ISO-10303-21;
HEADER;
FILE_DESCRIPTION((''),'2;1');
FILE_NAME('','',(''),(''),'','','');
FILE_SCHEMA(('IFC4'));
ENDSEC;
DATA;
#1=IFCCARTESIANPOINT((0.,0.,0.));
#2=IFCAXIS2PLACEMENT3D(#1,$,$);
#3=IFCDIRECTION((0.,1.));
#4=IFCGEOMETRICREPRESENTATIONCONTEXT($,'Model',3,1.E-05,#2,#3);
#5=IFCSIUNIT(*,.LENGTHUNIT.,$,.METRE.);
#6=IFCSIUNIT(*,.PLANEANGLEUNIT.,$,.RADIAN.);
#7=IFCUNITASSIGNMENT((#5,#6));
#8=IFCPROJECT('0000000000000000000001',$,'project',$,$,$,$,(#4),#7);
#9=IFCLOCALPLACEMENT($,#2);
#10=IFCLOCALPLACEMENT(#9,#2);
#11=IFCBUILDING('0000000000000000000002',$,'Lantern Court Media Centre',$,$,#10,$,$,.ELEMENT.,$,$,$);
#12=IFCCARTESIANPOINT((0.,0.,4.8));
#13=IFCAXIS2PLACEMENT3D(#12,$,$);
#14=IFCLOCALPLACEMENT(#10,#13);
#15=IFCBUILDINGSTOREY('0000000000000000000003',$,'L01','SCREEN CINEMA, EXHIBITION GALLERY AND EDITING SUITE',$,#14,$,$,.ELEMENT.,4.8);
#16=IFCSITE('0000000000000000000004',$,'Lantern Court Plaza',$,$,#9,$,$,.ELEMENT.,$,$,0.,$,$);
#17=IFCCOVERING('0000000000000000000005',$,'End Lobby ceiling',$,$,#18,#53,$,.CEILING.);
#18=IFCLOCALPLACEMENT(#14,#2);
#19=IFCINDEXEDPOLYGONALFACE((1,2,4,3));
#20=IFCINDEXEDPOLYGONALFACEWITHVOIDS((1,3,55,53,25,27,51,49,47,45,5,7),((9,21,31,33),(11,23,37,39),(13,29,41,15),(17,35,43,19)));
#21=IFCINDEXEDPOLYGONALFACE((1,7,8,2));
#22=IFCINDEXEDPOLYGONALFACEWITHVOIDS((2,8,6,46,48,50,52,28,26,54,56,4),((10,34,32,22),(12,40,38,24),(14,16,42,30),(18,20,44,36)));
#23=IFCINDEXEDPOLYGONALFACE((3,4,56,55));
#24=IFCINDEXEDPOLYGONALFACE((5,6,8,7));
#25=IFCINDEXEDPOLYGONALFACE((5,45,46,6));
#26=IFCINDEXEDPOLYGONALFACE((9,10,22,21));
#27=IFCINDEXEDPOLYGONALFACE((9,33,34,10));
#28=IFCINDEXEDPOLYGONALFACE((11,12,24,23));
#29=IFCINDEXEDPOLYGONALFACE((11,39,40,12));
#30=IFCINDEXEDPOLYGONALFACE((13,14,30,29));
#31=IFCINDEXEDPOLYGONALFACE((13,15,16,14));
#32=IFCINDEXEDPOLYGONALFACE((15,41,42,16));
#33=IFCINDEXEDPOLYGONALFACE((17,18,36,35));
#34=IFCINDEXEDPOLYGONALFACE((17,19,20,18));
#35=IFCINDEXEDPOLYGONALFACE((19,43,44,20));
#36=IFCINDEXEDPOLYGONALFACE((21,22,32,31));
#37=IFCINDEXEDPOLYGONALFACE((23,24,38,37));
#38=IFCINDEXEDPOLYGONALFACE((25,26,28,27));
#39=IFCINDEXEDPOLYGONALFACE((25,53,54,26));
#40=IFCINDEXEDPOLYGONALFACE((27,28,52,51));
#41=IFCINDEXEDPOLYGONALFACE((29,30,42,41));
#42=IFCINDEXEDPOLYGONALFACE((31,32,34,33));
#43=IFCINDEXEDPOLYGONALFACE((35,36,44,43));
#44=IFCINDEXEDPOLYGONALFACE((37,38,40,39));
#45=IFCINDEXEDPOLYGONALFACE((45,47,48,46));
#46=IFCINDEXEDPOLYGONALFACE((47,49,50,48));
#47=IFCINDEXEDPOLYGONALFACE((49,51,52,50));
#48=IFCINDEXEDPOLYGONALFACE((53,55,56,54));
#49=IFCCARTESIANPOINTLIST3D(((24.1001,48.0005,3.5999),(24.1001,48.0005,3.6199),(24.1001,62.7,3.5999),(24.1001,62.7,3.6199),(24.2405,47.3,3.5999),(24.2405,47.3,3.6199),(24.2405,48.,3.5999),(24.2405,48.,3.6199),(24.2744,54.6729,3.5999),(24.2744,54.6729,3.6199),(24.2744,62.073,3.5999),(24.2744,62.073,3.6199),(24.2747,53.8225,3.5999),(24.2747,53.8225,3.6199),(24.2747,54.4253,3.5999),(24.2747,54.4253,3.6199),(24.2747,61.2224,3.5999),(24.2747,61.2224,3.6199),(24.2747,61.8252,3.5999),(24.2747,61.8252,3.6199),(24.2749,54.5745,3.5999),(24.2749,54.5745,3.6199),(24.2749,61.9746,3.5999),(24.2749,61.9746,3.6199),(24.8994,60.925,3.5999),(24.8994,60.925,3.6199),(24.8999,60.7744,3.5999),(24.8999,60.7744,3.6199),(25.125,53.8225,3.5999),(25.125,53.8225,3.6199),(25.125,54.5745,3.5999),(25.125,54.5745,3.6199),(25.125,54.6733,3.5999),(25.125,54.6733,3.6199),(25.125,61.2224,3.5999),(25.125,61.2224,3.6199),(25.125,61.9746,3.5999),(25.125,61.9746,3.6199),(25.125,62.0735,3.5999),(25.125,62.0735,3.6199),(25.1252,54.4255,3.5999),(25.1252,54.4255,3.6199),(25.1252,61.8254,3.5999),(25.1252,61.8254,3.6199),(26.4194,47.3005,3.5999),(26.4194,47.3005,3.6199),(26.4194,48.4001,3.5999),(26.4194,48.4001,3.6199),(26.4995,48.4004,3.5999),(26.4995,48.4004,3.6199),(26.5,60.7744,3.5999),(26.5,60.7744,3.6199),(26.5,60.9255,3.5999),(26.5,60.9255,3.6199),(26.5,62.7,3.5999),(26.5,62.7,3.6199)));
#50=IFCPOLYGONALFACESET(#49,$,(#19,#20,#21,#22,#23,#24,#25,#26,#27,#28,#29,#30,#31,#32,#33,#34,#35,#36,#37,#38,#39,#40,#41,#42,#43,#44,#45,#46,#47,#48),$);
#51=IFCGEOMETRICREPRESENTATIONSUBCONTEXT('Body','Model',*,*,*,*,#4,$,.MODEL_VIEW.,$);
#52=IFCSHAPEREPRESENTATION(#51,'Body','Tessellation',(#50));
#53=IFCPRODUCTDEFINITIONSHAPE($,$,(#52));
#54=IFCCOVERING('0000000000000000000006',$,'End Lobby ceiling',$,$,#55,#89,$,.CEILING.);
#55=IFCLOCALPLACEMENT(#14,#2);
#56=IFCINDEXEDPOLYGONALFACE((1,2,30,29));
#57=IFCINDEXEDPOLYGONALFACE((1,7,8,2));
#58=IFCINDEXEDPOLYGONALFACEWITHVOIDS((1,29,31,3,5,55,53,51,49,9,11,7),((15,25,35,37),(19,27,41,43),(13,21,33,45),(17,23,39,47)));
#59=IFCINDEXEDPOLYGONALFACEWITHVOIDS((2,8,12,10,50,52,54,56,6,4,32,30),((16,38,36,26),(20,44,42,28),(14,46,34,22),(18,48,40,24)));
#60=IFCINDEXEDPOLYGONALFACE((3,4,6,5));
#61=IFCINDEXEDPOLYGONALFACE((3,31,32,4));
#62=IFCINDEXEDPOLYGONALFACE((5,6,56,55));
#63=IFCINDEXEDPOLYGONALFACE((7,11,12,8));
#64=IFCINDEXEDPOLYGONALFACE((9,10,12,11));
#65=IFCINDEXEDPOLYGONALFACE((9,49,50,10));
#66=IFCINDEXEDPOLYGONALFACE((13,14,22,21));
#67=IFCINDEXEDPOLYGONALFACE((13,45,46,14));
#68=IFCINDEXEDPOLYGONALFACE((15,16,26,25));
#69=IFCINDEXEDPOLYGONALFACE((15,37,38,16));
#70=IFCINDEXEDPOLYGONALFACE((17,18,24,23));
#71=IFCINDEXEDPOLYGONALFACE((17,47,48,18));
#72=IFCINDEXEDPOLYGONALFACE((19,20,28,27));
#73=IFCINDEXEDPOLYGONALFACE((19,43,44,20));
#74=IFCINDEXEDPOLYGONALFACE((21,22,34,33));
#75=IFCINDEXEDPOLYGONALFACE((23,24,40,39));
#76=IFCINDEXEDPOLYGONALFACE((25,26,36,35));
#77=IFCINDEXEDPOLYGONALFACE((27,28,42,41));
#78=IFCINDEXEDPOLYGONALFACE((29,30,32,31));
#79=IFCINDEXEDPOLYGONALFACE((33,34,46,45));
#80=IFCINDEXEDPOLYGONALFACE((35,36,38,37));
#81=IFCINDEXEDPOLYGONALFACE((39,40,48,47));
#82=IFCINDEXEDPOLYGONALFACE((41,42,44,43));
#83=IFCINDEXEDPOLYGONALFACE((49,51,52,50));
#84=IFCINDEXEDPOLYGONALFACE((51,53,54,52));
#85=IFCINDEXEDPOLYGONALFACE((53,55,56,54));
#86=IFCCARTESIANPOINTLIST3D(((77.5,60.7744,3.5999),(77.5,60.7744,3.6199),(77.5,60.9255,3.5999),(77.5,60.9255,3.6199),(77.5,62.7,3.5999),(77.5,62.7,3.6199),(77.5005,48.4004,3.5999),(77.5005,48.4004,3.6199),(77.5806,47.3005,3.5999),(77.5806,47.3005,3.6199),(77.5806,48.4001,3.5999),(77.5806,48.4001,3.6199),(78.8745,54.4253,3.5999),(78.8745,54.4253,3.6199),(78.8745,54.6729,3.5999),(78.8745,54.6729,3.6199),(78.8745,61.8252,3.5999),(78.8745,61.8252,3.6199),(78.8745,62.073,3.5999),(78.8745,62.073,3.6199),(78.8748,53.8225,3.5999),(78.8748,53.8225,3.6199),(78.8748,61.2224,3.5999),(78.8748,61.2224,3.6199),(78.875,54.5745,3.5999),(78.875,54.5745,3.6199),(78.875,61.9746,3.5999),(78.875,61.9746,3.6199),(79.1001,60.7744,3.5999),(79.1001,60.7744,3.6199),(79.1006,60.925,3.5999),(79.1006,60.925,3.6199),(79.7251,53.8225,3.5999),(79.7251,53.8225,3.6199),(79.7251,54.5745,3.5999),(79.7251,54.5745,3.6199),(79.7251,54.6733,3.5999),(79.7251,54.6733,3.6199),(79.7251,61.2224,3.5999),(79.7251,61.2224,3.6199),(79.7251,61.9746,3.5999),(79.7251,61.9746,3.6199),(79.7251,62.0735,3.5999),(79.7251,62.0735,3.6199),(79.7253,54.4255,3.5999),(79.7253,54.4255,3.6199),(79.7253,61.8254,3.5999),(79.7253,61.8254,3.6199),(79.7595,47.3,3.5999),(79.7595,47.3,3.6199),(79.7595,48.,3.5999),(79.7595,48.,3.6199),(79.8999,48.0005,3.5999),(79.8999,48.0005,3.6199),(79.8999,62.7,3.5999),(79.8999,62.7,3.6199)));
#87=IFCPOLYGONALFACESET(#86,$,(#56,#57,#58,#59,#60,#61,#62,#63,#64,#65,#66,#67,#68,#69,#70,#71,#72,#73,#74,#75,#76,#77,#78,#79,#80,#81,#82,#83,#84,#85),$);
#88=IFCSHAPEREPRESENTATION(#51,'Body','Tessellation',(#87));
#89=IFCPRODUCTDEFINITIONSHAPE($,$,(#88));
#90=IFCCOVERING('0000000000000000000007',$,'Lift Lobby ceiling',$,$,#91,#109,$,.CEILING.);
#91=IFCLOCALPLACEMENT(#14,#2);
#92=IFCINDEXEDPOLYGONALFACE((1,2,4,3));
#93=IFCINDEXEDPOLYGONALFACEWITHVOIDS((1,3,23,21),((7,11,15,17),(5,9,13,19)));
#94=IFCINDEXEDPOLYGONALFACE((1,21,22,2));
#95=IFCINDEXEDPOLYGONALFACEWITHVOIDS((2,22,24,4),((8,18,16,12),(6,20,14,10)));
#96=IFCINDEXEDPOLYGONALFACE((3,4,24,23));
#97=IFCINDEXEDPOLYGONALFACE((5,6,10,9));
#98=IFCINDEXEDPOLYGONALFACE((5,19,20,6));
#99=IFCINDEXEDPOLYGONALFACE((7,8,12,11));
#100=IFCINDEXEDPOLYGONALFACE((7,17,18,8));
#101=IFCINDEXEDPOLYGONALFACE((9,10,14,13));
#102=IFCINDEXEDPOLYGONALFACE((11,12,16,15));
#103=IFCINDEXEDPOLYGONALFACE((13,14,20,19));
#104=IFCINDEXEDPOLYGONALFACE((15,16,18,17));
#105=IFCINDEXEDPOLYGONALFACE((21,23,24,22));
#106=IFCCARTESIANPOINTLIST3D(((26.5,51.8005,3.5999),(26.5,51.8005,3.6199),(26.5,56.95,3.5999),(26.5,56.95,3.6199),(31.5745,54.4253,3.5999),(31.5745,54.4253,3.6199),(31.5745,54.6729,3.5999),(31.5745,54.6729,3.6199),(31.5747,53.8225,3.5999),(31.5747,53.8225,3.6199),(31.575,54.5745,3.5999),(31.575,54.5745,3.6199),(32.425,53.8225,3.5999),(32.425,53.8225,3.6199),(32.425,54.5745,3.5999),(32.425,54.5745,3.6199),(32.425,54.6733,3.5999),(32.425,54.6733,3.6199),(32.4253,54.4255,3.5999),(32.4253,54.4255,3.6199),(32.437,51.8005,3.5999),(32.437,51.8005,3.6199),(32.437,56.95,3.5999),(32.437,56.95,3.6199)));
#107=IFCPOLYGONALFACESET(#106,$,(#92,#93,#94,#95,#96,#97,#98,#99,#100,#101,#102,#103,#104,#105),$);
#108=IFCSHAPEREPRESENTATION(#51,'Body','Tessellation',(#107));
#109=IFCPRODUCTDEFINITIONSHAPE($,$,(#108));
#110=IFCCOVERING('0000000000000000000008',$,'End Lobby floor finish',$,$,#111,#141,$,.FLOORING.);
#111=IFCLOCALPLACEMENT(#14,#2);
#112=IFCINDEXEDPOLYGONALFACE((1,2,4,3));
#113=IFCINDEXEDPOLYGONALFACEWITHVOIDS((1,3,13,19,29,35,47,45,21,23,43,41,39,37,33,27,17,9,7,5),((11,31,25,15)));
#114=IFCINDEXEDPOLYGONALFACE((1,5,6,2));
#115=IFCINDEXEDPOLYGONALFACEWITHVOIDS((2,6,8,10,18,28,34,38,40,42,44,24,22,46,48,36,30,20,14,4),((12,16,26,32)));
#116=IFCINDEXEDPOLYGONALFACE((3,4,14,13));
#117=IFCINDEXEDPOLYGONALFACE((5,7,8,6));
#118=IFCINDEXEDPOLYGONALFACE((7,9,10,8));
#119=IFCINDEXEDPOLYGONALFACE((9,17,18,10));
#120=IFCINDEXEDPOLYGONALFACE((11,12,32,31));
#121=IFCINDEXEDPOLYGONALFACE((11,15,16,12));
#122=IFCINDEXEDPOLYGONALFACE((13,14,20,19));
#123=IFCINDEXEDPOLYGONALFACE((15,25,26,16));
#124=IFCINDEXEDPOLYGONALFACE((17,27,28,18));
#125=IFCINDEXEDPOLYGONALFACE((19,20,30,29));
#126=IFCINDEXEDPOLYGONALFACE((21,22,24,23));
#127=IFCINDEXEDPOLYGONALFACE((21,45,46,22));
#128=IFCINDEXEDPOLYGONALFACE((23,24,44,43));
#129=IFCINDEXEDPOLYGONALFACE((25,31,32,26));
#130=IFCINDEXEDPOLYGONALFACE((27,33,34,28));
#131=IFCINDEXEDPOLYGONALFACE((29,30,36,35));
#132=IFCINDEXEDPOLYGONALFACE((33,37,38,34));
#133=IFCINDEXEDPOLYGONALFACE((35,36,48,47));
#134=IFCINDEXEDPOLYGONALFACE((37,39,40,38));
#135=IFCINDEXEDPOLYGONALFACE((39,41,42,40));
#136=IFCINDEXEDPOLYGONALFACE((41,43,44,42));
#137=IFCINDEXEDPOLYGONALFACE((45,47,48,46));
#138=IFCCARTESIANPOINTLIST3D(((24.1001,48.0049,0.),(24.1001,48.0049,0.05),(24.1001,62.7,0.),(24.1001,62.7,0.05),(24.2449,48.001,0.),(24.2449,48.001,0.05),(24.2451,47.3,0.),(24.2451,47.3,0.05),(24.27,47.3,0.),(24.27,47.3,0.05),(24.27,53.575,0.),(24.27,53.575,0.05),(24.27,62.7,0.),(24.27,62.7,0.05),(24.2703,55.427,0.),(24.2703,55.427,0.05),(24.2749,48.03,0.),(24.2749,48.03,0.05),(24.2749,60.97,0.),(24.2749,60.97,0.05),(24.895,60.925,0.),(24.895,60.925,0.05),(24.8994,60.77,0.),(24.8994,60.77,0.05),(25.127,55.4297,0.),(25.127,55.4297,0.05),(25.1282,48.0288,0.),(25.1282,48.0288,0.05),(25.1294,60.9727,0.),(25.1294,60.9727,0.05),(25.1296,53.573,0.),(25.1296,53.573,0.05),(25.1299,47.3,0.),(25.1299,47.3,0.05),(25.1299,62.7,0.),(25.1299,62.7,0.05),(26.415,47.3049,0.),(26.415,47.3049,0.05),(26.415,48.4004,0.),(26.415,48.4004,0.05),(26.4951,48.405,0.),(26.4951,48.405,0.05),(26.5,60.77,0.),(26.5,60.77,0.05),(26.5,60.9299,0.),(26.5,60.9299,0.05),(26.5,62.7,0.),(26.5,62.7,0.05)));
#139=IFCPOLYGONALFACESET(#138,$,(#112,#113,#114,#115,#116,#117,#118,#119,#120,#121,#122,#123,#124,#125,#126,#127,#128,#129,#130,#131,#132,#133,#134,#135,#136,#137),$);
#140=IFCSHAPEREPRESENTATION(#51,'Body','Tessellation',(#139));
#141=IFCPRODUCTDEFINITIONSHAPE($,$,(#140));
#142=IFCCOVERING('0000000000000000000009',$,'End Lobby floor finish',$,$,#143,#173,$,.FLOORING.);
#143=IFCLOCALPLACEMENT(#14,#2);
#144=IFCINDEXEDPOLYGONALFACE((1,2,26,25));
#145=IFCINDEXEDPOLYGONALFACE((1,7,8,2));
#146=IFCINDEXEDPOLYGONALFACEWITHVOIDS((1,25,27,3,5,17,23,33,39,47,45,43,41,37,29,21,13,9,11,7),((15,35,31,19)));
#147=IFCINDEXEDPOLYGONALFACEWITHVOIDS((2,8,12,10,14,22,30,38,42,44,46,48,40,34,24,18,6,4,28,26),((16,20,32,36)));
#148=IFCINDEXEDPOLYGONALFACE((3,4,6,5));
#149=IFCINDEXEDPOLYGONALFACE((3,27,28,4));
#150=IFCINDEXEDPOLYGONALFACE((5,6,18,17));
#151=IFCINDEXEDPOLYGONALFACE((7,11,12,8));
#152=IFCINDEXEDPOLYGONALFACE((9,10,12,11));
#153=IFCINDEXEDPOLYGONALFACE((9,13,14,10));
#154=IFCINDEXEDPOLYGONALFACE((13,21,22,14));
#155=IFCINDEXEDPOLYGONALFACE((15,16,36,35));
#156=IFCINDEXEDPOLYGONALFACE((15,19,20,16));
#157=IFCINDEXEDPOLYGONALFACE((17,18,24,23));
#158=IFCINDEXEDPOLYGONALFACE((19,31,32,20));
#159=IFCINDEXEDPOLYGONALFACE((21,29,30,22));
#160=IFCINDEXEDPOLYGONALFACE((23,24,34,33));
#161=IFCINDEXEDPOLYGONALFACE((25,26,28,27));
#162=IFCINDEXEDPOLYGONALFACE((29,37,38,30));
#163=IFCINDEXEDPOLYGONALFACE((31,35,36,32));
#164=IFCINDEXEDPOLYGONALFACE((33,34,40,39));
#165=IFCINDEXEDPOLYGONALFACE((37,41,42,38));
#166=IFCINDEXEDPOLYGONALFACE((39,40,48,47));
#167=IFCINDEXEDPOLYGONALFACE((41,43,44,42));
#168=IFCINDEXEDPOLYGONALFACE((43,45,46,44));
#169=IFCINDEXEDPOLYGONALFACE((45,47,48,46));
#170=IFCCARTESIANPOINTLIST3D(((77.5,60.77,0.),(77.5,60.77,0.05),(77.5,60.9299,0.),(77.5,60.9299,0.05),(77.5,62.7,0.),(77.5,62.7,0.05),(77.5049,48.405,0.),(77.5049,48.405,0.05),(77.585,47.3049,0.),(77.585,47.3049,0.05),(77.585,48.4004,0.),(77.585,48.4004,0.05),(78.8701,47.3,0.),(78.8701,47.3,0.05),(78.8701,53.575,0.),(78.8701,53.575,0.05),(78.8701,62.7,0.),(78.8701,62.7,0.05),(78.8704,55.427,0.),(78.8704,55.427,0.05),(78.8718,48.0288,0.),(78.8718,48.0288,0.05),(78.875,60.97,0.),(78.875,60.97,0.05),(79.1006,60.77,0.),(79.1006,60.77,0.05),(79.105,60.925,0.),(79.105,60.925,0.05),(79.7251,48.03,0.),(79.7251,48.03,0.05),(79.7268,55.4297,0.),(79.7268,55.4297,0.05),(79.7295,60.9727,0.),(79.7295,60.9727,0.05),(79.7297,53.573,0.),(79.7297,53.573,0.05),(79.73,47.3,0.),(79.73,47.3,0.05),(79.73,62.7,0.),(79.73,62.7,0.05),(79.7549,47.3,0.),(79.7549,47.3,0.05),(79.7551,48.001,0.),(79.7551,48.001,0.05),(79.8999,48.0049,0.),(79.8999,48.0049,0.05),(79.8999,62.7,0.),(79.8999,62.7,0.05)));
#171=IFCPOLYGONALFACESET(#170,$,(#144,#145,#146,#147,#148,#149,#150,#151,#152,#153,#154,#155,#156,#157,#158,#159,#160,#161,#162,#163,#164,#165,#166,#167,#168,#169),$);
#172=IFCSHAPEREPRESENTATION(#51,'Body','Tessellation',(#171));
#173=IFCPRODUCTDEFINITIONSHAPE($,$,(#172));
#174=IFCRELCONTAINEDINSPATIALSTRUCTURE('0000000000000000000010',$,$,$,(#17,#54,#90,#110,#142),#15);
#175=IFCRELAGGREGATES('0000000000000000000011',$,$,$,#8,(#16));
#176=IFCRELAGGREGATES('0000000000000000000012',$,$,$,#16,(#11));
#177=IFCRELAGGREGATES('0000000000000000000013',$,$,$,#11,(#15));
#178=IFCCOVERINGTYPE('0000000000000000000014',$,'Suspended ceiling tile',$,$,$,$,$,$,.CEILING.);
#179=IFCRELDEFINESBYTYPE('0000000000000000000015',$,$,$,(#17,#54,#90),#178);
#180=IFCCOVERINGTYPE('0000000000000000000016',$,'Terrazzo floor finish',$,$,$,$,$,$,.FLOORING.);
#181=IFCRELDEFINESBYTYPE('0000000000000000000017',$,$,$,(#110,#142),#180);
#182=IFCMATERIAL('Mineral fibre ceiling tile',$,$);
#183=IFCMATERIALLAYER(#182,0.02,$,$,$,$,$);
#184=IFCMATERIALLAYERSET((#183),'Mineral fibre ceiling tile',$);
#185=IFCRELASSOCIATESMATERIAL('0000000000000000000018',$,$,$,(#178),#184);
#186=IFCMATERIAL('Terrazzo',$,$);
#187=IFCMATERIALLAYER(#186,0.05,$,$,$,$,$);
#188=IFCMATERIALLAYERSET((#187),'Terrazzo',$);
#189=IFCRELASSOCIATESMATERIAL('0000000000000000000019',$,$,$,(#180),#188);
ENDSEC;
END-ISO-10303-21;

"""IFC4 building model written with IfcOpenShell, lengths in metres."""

from ifc_helpers import new_model, si_unit, direction, frame, origin, place, context, subcontext, project, spatial, polyline, outline, extrude, material, layer, layer_set, type_object, element, save


model = new_model("IFC4")

# Units and contexts
model_context = context("Model", 3, precision=1e-05, world=origin(), true_north=direction((0.0, 1.0)))
body_context = subcontext(model_context, "Body", "Model", "MODEL_VIEW")
ifc_project = project(units=[si_unit("LENGTHUNIT", "METRE"), si_unit("PLANEANGLEUNIT", "RADIAN")], contexts=[model_context])

# Site, building, storey
site_placement = place(None, origin())
site = spatial("IfcSite", under=ifc_project, at=site_placement, Name="Lantern Court Plaza", CompositionType="ELEMENT", RefElevation=0.0)
building_placement = place(site_placement, origin())
building = spatial("IfcBuilding", under=site, at=building_placement, Name="Lantern Court Media Centre", CompositionType="ELEMENT")
storey_placement = place(building_placement, frame((0.0, 0.0, 4.8)))
storey = spatial("IfcBuildingStorey", under=building, at=storey_placement, Name="L01", Description="SCREEN CINEMA, EXHIBITION GALLERY AND EDITING SUITE", CompositionType="ELEMENT", Elevation=4.8)

# Coverings
ifc_material_1 = material(Name="Mineral fibre ceiling tile")
ifc_layer_1 = layer(ifc_material_1, 0.02)
ifc_layer_set_1 = layer_set([ifc_layer_1], Name="Mineral fibre ceiling tile")
covering_type_1 = type_object("IfcCoveringType", Name="Suspended ceiling tile", PredefinedType="CEILING", material=ifc_layer_set_1)
covering_1_placement = place(storey_placement, frame((0.0, 0.0, 3.5999)))
element("IfcCovering", 1, at=covering_1_placement, inside=storey, type_object=covering_type_1, Name="End Lobby ceiling", PredefinedType="CEILING", context=body_context, shape_type="SweptSolid", body=[
    extrude(outline(polyline([(26.5, 60.7744), (26.4995, 48.4004), (26.4194, 48.4001), (26.4194, 47.3005), (24.2405, 47.3), (24.2405, 48.0), (24.1001, 48.0005), (24.1001, 62.7), (26.5, 62.7), (26.5, 60.9255), (24.8994, 60.925), (24.8999, 60.7744), (26.5, 60.7744)]), holes=[polyline([(25.125, 53.8225), (25.1252, 54.4255), (24.2747, 54.4253), (24.2747, 53.8225), (25.125, 53.8225)]), polyline([(25.125, 54.5745), (25.125, 54.6733), (24.2744, 54.6729), (24.2749, 54.5745), (25.125, 54.5745)]), polyline([(25.125, 61.2224), (25.1252, 61.8254), (24.2747, 61.8252), (24.2747, 61.2224), (25.125, 61.2224)]), polyline([(25.125, 61.9746), (25.125, 62.0735), (24.2744, 62.073), (24.2749, 61.9746), (25.125, 61.9746)])]), origin(), (0.0, 0.0, 1.0), 0.02),
])
covering_2_placement = place(storey_placement, frame((0.0, 0.0, 3.5999)))
element("IfcCovering", 2, at=covering_2_placement, inside=storey, type_object=covering_type_1, Name="End Lobby ceiling", PredefinedType="CEILING", context=body_context, shape_type="SweptSolid", body=[
    extrude(outline(polyline([(77.5, 62.7), (79.8999, 62.7), (79.8999, 48.0005), (79.7595, 48.0), (79.7595, 47.3), (77.5806, 47.3005), (77.5806, 48.4001), (77.5005, 48.4004), (77.5, 60.7744), (79.1001, 60.7744), (79.1006, 60.925), (77.5, 60.9255), (77.5, 62.7)]), holes=[polyline([(79.7251, 53.8225), (79.7253, 54.4255), (78.8745, 54.4253), (78.8748, 53.8225), (79.7251, 53.8225)]), polyline([(79.7251, 54.5745), (79.7251, 54.6733), (78.8745, 54.6729), (78.875, 54.5745), (79.7251, 54.5745)]), polyline([(79.7251, 61.2224), (79.7253, 61.8254), (78.8745, 61.8252), (78.8748, 61.2224), (79.7251, 61.2224)]), polyline([(79.7251, 61.9746), (79.7251, 62.0735), (78.8745, 62.073), (78.875, 61.9746), (79.7251, 61.9746)])]), origin(), (0.0, 0.0, 1.0), 0.02),
])
covering_3_placement = place(storey_placement, frame((0.0, 0.0, 3.5999)))
element("IfcCovering", 3, at=covering_3_placement, inside=storey, type_object=covering_type_1, Name="Lift Lobby ceiling", PredefinedType="CEILING", context=body_context, shape_type="SweptSolid", body=[
    extrude(outline(polyline([(26.5, 56.95), (32.437, 56.95), (32.437, 51.8005), (26.5, 51.8005), (26.5, 56.95)]), holes=[polyline([(32.425, 53.8225), (32.4253, 54.4255), (31.5745, 54.4253), (31.5747, 53.8225), (32.425, 53.8225)]), polyline([(32.425, 54.5745), (32.425, 54.6733), (31.5745, 54.6729), (31.575, 54.5745), (32.425, 54.5745)])]), origin(), (0.0, 0.0, 1.0), 0.02),
])
ifc_material_2 = material(Name="Terrazzo")
ifc_layer_2 = layer(ifc_material_2, 0.05)
ifc_layer_set_2 = layer_set([ifc_layer_2], Name="Terrazzo")
covering_type_2 = type_object("IfcCoveringType", Name="Terrazzo floor finish", PredefinedType="FLOORING", material=ifc_layer_set_2)
covering_4_placement = place(storey_placement, origin())
element("IfcCovering", 4, at=covering_4_placement, inside=storey, type_object=covering_type_2, Name="End Lobby floor finish", PredefinedType="FLOORING", context=body_context, shape_type="SweptSolid", body=[
    extrude(outline(polyline([(26.5, 60.77), (26.4951, 48.405), (26.415, 48.4004), (26.415, 47.3049), (25.1299, 47.3), (25.1282, 48.0288), (24.2749, 48.03), (24.27, 47.3), (24.2451, 47.3), (24.2449, 48.001), (24.1001, 48.0049), (24.1001, 62.7), (24.27, 62.7), (24.2749, 60.97), (25.1294, 60.9727), (25.1299, 62.7), (26.5, 62.7), (26.5, 60.9299), (24.895, 60.925), (24.8994, 60.77), (26.5, 60.77)]), holes=[polyline([(24.27, 53.575), (25.1296, 53.573), (25.127, 55.4297), (24.2703, 55.427), (24.27, 53.575)])]), origin(), (0.0, 0.0, 1.0), 0.05),
])
covering_5_placement = place(storey_placement, origin())
element("IfcCovering", 5, at=covering_5_placement, inside=storey, type_object=covering_type_2, Name="End Lobby floor finish", PredefinedType="FLOORING", context=body_context, shape_type="SweptSolid", body=[
    extrude(outline(polyline([(79.8999, 62.7), (79.8999, 48.0049), (79.7551, 48.001), (79.7549, 47.3), (79.73, 47.3), (79.7251, 48.03), (78.8718, 48.0288), (78.8701, 47.3), (77.585, 47.3049), (77.585, 48.4004), (77.5049, 48.405), (77.5, 60.77), (79.1006, 60.77), (79.105, 60.925), (77.5, 60.9299), (77.5, 62.7), (78.8701, 62.7), (78.875, 60.97), (79.7295, 60.9727), (79.73, 62.7), (79.8999, 62.7)]), holes=[polyline([(78.8701, 53.575), (79.7297, 53.573), (79.7268, 55.4297), (78.8704, 55.427), (78.8701, 53.575)])]), origin(), (0.0, 0.0, 1.0), 0.05),
])

save(model, "model.ifc")
